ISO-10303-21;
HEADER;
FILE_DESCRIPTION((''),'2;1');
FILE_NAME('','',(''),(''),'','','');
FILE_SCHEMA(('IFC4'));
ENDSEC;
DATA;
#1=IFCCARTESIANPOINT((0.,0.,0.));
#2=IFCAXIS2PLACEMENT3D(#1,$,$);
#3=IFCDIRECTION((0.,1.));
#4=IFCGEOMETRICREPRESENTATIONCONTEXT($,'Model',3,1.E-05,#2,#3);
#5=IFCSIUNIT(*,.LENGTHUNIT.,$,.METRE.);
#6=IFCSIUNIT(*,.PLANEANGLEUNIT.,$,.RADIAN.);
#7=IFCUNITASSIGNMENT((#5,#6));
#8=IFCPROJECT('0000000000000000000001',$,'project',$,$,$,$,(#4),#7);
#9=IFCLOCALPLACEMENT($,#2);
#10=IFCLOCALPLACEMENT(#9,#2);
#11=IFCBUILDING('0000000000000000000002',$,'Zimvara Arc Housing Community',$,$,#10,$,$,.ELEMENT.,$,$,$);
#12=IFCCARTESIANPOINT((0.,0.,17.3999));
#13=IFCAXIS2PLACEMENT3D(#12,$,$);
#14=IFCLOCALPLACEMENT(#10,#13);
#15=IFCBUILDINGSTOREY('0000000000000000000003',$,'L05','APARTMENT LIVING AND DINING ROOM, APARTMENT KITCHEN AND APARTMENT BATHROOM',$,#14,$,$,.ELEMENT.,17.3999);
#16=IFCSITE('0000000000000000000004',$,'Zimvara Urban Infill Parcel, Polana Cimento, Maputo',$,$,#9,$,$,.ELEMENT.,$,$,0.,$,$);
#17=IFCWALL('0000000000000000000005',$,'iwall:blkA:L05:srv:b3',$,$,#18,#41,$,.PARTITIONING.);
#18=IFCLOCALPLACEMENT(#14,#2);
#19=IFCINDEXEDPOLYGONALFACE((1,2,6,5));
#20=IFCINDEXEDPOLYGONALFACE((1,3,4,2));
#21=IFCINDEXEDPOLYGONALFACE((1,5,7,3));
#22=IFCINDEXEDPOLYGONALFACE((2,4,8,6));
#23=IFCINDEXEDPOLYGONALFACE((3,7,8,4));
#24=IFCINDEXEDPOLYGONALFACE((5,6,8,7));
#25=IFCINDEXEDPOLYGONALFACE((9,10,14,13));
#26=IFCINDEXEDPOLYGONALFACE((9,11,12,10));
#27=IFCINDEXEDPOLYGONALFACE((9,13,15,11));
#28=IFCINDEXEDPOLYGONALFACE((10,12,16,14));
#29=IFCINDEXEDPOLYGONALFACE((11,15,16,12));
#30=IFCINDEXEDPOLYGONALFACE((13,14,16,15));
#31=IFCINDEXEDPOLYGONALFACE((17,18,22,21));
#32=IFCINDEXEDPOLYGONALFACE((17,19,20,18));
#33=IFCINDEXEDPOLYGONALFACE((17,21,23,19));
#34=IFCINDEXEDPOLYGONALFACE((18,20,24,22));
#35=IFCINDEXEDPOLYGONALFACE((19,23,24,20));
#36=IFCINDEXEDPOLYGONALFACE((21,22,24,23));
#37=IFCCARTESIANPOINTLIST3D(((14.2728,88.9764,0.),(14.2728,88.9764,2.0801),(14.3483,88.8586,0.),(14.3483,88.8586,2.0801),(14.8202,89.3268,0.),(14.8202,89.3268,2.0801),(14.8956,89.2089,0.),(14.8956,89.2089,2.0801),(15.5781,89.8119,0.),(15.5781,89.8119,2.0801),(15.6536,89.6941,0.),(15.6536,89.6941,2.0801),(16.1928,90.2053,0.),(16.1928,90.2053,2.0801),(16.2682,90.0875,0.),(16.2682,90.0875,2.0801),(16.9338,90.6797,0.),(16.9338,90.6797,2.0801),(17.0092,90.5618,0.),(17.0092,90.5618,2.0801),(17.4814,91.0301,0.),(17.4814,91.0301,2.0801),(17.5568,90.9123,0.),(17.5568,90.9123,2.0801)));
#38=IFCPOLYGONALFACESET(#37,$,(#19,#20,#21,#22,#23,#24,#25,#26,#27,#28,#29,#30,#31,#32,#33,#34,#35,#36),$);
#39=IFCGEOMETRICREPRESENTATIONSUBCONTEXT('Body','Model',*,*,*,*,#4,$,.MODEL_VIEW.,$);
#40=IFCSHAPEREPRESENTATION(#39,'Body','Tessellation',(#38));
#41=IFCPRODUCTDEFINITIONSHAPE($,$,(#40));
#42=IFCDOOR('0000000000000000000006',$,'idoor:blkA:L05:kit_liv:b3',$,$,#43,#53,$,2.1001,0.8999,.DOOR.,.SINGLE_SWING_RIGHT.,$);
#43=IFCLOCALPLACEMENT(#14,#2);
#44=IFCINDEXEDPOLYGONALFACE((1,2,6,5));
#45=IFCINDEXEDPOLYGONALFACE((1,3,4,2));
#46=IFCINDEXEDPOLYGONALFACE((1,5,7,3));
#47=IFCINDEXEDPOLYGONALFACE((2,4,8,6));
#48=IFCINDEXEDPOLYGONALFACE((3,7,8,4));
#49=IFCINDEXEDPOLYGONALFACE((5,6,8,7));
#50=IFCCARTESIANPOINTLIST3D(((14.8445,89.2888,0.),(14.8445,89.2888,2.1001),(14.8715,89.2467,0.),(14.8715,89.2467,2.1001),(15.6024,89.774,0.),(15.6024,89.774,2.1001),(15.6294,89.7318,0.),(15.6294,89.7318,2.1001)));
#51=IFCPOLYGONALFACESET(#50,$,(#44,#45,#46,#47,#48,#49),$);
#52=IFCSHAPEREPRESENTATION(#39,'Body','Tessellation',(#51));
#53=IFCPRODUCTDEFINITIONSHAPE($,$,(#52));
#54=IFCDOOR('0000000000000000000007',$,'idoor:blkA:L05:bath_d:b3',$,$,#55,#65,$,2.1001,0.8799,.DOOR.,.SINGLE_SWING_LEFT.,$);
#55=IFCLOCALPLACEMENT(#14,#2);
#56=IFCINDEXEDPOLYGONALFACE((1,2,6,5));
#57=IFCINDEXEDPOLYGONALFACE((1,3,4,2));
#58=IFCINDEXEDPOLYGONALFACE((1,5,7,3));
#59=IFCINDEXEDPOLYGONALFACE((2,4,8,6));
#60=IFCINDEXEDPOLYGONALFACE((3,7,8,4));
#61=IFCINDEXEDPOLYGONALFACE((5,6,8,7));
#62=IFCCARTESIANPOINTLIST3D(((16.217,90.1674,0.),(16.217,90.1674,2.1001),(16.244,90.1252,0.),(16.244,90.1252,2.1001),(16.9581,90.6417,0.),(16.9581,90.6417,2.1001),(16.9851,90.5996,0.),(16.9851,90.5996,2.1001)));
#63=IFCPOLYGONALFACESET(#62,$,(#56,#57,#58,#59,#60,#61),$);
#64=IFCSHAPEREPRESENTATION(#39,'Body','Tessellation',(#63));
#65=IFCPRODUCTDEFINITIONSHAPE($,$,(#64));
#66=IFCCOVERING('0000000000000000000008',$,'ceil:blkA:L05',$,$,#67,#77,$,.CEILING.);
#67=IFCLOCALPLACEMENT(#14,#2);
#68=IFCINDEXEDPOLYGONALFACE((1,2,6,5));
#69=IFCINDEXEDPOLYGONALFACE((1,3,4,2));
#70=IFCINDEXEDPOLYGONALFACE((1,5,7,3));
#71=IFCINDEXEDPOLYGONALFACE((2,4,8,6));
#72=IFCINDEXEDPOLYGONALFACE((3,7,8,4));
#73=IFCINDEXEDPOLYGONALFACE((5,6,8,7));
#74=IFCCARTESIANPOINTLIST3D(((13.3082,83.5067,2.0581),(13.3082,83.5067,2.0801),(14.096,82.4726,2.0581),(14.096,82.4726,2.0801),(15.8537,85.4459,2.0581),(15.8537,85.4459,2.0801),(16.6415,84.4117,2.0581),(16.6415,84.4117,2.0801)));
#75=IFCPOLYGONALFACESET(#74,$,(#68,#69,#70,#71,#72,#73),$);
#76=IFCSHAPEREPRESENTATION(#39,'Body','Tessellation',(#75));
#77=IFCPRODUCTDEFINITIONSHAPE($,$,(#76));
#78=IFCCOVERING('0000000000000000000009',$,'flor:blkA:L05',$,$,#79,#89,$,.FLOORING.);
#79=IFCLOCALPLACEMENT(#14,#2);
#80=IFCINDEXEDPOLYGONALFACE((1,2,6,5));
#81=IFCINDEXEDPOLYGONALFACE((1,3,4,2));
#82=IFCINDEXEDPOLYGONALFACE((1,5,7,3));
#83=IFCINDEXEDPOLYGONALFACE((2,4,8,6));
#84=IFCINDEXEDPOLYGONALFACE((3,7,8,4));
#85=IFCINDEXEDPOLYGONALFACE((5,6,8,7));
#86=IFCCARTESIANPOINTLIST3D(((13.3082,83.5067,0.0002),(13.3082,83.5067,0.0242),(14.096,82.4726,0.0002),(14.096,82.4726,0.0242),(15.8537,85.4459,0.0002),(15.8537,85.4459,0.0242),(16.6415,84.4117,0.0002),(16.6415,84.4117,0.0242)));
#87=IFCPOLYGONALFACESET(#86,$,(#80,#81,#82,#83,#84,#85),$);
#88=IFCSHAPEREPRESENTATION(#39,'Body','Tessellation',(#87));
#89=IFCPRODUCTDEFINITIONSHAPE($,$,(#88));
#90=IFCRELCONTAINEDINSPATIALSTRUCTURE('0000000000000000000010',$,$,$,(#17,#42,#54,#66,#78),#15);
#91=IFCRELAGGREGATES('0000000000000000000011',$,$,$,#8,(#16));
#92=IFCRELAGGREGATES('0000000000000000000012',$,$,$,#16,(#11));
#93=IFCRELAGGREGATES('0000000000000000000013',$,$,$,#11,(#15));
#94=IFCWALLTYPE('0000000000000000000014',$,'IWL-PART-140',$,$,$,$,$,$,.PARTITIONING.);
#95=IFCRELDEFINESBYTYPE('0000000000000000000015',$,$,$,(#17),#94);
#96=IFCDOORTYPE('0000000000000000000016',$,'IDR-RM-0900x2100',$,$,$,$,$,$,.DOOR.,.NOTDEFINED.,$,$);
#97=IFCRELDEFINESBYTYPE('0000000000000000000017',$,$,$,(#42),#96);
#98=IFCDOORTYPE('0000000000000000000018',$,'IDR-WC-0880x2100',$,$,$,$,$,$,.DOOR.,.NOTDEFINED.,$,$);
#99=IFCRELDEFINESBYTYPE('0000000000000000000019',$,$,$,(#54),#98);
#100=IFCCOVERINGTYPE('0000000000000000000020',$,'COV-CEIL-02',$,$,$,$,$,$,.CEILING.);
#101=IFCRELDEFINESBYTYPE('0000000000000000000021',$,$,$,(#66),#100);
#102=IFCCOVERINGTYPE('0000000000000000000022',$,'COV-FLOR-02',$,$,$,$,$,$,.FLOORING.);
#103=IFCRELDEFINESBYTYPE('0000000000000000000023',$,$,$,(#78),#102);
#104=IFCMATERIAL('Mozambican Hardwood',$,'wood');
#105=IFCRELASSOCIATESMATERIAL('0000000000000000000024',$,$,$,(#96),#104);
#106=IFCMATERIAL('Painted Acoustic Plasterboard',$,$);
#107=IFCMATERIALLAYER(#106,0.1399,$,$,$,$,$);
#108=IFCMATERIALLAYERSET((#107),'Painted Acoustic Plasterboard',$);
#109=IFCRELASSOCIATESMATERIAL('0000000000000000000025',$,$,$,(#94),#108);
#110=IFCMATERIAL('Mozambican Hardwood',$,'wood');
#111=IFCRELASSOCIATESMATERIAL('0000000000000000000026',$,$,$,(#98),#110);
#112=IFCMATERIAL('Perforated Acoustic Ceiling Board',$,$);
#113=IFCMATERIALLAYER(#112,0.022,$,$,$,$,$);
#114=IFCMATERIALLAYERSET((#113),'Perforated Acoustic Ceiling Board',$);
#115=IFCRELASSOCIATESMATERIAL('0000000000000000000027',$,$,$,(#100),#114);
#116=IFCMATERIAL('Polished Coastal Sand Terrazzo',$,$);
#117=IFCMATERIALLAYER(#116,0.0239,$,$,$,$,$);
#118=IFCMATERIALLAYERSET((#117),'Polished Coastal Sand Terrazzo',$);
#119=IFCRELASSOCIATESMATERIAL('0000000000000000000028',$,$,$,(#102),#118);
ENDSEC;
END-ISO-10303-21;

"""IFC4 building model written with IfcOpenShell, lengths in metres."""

from ifc_helpers import new_model, si_unit, direction, frame, frame_2d, origin, origin_2d, place, context, subcontext, project, spatial, rectangle, extrude, material, layer, layer_set, type_object, element, fill, save


model = new_model("IFC4")

# Units and contexts
model_context = context("Model", 3, precision=1e-05, world=origin(), true_north=direction((0.0, 1.0)))
body_context = subcontext(model_context, "Body", "Model", "MODEL_VIEW")
ifc_project = project(units=[si_unit("LENGTHUNIT", "METRE"), si_unit("PLANEANGLEUNIT", "RADIAN")], contexts=[model_context])

# Site, building, storey
site_placement = place(None, origin())
site = spatial("IfcSite", under=ifc_project, at=site_placement, Name="Zimvara Urban Infill Parcel, Polana Cimento, Maputo", CompositionType="ELEMENT", RefElevation=0.0)
building_placement = place(site_placement, origin())
building = spatial("IfcBuilding", under=site, at=building_placement, Name="Zimvara Arc Housing Community", CompositionType="ELEMENT")
storey_placement = place(building_placement, frame((0.0, 0.0, 17.3999)))
storey = spatial("IfcBuildingStorey", under=building, at=storey_placement, Name="L05", Description="APARTMENT LIVING AND DINING ROOM, APARTMENT KITCHEN AND APARTMENT BATHROOM", CompositionType="ELEMENT", Elevation=17.3999)

# Shared definitions
ifc_material_1 = material(Name="Mozambican Hardwood", Category="wood")
door_type_1 = type_object("IfcDoorType", Name="IDR-RM-0900x2100", OperationType="NOTDEFINED", PredefinedType="DOOR", material=ifc_material_1)

# Wall, openings, doors
ifc_material_2 = material(Name="Painted Acoustic Plasterboard")
ifc_layer_1 = layer(ifc_material_2, 0.1399)
ifc_layer_set_1 = layer_set([ifc_layer_1], Name="Painted Acoustic Plasterboard")
wall_type_1 = type_object("IfcWallType", Name="IWL-PART-140", PredefinedType="PARTITIONING", material=ifc_layer_set_1)
wall_1_placement = place(storey_placement, frame((14.3105, 88.9175, 0.0), z_axis=(0.0, 0.0, 1.0), x_axis=(0.842239, 0.539105, 0.0)))
wall_1 = element("IfcWall", 1, at=wall_1_placement, inside=storey, type_object=wall_type_1, Name="iwall:blkA:L05:srv:b3", PredefinedType="PARTITIONING", context=body_context, shape_type="SweptSolid", body=[
    extrude(rectangle(XDim=3.8096, YDim=0.1399, at=frame_2d((1.9048, 0.0))), origin(), (0.0, 0.0, 1.0), 2.0801),
])
opening_1_placement = place(wall_1_placement, frame((0.6499, 0.0, 0.0)))
opening_1 = element("IfcOpeningElement", 2, at=opening_1_placement, cuts=wall_1, PredefinedType="OPENING", context=body_context, shape_type="SweptSolid", body=[
    extrude(rectangle(XDim=0.8999, YDim=2.1001, at=frame_2d((0.45, 1.05))), frame((0.0, 0.0798, 0.0), z_axis=(0.0, -1.0, 0.0), x_axis=(1.0, 0.0, 0.0)), (0.0, 0.0, 1.0), 0.1599),
])
opening_2_placement = place(wall_1_placement, frame((2.2795, 0.0, 0.0)))
opening_2 = element("IfcOpeningElement", 3, at=opening_2_placement, cuts=wall_1, PredefinedType="OPENING", context=body_context, shape_type="SweptSolid", body=[
    extrude(rectangle(XDim=0.8799, YDim=2.1001, at=frame_2d((0.4399, 1.05))), frame((0.0, 0.0798, 0.0), z_axis=(0.0, -1.0, 0.0), x_axis=(1.0, 0.0, 0.0)), (0.0, 0.0, 1.0), 0.1599),
])
door_1_placement = place(opening_1_placement, origin())
door_1 = element("IfcDoor", 4, at=door_1_placement, inside=storey, type_object=door_type_1, Name="idoor:blkA:L05:kit_liv:b3", OperationType="SINGLE_SWING_RIGHT", OverallHeight=2.1001, OverallWidth=0.8999, PredefinedType="DOOR", context=body_context, shape_type="SweptSolid", body=[
    extrude(rectangle(XDim=0.8999, YDim=2.1001, at=frame_2d((0.45, 1.05))), frame((0.0, 0.0249, 0.0), z_axis=(0.0, -1.0, 0.0), x_axis=(1.0, 0.0, 0.0)), (0.0, 0.0, 1.0), 0.05),
])
fill(opening_1, door_1)
ifc_material_3 = material(Name="Mozambican Hardwood", Category="wood")
door_type_2 = type_object("IfcDoorType", Name="IDR-WC-0880x2100", OperationType="NOTDEFINED", PredefinedType="DOOR", material=ifc_material_3)
door_2_placement = place(opening_2_placement, origin())
door_2 = element("IfcDoor", 5, at=door_2_placement, inside=storey, type_object=door_type_2, Name="idoor:blkA:L05:bath_d:b3", OperationType="SINGLE_SWING_LEFT", OverallHeight=2.1001, OverallWidth=0.8799, PredefinedType="DOOR", context=body_context, shape_type="SweptSolid", body=[
    extrude(rectangle(XDim=0.8799, YDim=2.1001, at=frame_2d((0.4399, 1.05))), frame((0.0, 0.0249, 0.0), z_axis=(0.0, -1.0, 0.0), x_axis=(1.0, 0.0, 0.0)), (0.0, 0.0, 1.0), 0.05),
])
fill(opening_2, door_2)

# Coverings
ifc_material_4 = material(Name="Perforated Acoustic Ceiling Board")
ifc_layer_2 = layer(ifc_material_4, 0.022)
ifc_layer_set_2 = layer_set([ifc_layer_2], Name="Perforated Acoustic Ceiling Board")
covering_type_1 = type_object("IfcCoveringType", Name="COV-CEIL-02", PredefinedType="CEILING", material=ifc_layer_set_2)
covering_1_placement = place(storey_placement, frame((14.9749, 83.9592, 2.0581), z_axis=(0.0, 0.0, 1.0), x_axis=(-0.605988, 0.795473, 0.0)))
element("IfcCovering", 6, at=covering_1_placement, inside=storey, type_object=covering_type_1, Name="ceil:blkA:L05", PredefinedType="CEILING", context=body_context, shape_type="SweptSolid", body=[
    extrude(rectangle(XDim=1.3, YDim=3.2, at=origin_2d()), origin(), (0.0, 0.0, 1.0), 0.022),
])
ifc_material_5 = material(Name="Polished Coastal Sand Terrazzo")
ifc_layer_3 = layer(ifc_material_5, 0.0239)
ifc_layer_set_3 = layer_set([ifc_layer_3], Name="Polished Coastal Sand Terrazzo")
covering_type_2 = type_object("IfcCoveringType", Name="COV-FLOR-02", PredefinedType="FLOORING", material=ifc_layer_set_3)
covering_2_placement = place(storey_placement, frame((14.9749, 83.9592, 0.0002), z_axis=(0.0, 0.0, 1.0), x_axis=(-0.605988, 0.795473, 0.0)))
element("IfcCovering", 7, at=covering_2_placement, inside=storey, type_object=covering_type_2, Name="flor:blkA:L05", PredefinedType="FLOORING", context=body_context, shape_type="SweptSolid", body=[
    extrude(rectangle(XDim=1.3, YDim=3.2, at=origin_2d()), origin(), (0.0, 0.0, 1.0), 0.0239),
])

save(model, "model.ifc")
